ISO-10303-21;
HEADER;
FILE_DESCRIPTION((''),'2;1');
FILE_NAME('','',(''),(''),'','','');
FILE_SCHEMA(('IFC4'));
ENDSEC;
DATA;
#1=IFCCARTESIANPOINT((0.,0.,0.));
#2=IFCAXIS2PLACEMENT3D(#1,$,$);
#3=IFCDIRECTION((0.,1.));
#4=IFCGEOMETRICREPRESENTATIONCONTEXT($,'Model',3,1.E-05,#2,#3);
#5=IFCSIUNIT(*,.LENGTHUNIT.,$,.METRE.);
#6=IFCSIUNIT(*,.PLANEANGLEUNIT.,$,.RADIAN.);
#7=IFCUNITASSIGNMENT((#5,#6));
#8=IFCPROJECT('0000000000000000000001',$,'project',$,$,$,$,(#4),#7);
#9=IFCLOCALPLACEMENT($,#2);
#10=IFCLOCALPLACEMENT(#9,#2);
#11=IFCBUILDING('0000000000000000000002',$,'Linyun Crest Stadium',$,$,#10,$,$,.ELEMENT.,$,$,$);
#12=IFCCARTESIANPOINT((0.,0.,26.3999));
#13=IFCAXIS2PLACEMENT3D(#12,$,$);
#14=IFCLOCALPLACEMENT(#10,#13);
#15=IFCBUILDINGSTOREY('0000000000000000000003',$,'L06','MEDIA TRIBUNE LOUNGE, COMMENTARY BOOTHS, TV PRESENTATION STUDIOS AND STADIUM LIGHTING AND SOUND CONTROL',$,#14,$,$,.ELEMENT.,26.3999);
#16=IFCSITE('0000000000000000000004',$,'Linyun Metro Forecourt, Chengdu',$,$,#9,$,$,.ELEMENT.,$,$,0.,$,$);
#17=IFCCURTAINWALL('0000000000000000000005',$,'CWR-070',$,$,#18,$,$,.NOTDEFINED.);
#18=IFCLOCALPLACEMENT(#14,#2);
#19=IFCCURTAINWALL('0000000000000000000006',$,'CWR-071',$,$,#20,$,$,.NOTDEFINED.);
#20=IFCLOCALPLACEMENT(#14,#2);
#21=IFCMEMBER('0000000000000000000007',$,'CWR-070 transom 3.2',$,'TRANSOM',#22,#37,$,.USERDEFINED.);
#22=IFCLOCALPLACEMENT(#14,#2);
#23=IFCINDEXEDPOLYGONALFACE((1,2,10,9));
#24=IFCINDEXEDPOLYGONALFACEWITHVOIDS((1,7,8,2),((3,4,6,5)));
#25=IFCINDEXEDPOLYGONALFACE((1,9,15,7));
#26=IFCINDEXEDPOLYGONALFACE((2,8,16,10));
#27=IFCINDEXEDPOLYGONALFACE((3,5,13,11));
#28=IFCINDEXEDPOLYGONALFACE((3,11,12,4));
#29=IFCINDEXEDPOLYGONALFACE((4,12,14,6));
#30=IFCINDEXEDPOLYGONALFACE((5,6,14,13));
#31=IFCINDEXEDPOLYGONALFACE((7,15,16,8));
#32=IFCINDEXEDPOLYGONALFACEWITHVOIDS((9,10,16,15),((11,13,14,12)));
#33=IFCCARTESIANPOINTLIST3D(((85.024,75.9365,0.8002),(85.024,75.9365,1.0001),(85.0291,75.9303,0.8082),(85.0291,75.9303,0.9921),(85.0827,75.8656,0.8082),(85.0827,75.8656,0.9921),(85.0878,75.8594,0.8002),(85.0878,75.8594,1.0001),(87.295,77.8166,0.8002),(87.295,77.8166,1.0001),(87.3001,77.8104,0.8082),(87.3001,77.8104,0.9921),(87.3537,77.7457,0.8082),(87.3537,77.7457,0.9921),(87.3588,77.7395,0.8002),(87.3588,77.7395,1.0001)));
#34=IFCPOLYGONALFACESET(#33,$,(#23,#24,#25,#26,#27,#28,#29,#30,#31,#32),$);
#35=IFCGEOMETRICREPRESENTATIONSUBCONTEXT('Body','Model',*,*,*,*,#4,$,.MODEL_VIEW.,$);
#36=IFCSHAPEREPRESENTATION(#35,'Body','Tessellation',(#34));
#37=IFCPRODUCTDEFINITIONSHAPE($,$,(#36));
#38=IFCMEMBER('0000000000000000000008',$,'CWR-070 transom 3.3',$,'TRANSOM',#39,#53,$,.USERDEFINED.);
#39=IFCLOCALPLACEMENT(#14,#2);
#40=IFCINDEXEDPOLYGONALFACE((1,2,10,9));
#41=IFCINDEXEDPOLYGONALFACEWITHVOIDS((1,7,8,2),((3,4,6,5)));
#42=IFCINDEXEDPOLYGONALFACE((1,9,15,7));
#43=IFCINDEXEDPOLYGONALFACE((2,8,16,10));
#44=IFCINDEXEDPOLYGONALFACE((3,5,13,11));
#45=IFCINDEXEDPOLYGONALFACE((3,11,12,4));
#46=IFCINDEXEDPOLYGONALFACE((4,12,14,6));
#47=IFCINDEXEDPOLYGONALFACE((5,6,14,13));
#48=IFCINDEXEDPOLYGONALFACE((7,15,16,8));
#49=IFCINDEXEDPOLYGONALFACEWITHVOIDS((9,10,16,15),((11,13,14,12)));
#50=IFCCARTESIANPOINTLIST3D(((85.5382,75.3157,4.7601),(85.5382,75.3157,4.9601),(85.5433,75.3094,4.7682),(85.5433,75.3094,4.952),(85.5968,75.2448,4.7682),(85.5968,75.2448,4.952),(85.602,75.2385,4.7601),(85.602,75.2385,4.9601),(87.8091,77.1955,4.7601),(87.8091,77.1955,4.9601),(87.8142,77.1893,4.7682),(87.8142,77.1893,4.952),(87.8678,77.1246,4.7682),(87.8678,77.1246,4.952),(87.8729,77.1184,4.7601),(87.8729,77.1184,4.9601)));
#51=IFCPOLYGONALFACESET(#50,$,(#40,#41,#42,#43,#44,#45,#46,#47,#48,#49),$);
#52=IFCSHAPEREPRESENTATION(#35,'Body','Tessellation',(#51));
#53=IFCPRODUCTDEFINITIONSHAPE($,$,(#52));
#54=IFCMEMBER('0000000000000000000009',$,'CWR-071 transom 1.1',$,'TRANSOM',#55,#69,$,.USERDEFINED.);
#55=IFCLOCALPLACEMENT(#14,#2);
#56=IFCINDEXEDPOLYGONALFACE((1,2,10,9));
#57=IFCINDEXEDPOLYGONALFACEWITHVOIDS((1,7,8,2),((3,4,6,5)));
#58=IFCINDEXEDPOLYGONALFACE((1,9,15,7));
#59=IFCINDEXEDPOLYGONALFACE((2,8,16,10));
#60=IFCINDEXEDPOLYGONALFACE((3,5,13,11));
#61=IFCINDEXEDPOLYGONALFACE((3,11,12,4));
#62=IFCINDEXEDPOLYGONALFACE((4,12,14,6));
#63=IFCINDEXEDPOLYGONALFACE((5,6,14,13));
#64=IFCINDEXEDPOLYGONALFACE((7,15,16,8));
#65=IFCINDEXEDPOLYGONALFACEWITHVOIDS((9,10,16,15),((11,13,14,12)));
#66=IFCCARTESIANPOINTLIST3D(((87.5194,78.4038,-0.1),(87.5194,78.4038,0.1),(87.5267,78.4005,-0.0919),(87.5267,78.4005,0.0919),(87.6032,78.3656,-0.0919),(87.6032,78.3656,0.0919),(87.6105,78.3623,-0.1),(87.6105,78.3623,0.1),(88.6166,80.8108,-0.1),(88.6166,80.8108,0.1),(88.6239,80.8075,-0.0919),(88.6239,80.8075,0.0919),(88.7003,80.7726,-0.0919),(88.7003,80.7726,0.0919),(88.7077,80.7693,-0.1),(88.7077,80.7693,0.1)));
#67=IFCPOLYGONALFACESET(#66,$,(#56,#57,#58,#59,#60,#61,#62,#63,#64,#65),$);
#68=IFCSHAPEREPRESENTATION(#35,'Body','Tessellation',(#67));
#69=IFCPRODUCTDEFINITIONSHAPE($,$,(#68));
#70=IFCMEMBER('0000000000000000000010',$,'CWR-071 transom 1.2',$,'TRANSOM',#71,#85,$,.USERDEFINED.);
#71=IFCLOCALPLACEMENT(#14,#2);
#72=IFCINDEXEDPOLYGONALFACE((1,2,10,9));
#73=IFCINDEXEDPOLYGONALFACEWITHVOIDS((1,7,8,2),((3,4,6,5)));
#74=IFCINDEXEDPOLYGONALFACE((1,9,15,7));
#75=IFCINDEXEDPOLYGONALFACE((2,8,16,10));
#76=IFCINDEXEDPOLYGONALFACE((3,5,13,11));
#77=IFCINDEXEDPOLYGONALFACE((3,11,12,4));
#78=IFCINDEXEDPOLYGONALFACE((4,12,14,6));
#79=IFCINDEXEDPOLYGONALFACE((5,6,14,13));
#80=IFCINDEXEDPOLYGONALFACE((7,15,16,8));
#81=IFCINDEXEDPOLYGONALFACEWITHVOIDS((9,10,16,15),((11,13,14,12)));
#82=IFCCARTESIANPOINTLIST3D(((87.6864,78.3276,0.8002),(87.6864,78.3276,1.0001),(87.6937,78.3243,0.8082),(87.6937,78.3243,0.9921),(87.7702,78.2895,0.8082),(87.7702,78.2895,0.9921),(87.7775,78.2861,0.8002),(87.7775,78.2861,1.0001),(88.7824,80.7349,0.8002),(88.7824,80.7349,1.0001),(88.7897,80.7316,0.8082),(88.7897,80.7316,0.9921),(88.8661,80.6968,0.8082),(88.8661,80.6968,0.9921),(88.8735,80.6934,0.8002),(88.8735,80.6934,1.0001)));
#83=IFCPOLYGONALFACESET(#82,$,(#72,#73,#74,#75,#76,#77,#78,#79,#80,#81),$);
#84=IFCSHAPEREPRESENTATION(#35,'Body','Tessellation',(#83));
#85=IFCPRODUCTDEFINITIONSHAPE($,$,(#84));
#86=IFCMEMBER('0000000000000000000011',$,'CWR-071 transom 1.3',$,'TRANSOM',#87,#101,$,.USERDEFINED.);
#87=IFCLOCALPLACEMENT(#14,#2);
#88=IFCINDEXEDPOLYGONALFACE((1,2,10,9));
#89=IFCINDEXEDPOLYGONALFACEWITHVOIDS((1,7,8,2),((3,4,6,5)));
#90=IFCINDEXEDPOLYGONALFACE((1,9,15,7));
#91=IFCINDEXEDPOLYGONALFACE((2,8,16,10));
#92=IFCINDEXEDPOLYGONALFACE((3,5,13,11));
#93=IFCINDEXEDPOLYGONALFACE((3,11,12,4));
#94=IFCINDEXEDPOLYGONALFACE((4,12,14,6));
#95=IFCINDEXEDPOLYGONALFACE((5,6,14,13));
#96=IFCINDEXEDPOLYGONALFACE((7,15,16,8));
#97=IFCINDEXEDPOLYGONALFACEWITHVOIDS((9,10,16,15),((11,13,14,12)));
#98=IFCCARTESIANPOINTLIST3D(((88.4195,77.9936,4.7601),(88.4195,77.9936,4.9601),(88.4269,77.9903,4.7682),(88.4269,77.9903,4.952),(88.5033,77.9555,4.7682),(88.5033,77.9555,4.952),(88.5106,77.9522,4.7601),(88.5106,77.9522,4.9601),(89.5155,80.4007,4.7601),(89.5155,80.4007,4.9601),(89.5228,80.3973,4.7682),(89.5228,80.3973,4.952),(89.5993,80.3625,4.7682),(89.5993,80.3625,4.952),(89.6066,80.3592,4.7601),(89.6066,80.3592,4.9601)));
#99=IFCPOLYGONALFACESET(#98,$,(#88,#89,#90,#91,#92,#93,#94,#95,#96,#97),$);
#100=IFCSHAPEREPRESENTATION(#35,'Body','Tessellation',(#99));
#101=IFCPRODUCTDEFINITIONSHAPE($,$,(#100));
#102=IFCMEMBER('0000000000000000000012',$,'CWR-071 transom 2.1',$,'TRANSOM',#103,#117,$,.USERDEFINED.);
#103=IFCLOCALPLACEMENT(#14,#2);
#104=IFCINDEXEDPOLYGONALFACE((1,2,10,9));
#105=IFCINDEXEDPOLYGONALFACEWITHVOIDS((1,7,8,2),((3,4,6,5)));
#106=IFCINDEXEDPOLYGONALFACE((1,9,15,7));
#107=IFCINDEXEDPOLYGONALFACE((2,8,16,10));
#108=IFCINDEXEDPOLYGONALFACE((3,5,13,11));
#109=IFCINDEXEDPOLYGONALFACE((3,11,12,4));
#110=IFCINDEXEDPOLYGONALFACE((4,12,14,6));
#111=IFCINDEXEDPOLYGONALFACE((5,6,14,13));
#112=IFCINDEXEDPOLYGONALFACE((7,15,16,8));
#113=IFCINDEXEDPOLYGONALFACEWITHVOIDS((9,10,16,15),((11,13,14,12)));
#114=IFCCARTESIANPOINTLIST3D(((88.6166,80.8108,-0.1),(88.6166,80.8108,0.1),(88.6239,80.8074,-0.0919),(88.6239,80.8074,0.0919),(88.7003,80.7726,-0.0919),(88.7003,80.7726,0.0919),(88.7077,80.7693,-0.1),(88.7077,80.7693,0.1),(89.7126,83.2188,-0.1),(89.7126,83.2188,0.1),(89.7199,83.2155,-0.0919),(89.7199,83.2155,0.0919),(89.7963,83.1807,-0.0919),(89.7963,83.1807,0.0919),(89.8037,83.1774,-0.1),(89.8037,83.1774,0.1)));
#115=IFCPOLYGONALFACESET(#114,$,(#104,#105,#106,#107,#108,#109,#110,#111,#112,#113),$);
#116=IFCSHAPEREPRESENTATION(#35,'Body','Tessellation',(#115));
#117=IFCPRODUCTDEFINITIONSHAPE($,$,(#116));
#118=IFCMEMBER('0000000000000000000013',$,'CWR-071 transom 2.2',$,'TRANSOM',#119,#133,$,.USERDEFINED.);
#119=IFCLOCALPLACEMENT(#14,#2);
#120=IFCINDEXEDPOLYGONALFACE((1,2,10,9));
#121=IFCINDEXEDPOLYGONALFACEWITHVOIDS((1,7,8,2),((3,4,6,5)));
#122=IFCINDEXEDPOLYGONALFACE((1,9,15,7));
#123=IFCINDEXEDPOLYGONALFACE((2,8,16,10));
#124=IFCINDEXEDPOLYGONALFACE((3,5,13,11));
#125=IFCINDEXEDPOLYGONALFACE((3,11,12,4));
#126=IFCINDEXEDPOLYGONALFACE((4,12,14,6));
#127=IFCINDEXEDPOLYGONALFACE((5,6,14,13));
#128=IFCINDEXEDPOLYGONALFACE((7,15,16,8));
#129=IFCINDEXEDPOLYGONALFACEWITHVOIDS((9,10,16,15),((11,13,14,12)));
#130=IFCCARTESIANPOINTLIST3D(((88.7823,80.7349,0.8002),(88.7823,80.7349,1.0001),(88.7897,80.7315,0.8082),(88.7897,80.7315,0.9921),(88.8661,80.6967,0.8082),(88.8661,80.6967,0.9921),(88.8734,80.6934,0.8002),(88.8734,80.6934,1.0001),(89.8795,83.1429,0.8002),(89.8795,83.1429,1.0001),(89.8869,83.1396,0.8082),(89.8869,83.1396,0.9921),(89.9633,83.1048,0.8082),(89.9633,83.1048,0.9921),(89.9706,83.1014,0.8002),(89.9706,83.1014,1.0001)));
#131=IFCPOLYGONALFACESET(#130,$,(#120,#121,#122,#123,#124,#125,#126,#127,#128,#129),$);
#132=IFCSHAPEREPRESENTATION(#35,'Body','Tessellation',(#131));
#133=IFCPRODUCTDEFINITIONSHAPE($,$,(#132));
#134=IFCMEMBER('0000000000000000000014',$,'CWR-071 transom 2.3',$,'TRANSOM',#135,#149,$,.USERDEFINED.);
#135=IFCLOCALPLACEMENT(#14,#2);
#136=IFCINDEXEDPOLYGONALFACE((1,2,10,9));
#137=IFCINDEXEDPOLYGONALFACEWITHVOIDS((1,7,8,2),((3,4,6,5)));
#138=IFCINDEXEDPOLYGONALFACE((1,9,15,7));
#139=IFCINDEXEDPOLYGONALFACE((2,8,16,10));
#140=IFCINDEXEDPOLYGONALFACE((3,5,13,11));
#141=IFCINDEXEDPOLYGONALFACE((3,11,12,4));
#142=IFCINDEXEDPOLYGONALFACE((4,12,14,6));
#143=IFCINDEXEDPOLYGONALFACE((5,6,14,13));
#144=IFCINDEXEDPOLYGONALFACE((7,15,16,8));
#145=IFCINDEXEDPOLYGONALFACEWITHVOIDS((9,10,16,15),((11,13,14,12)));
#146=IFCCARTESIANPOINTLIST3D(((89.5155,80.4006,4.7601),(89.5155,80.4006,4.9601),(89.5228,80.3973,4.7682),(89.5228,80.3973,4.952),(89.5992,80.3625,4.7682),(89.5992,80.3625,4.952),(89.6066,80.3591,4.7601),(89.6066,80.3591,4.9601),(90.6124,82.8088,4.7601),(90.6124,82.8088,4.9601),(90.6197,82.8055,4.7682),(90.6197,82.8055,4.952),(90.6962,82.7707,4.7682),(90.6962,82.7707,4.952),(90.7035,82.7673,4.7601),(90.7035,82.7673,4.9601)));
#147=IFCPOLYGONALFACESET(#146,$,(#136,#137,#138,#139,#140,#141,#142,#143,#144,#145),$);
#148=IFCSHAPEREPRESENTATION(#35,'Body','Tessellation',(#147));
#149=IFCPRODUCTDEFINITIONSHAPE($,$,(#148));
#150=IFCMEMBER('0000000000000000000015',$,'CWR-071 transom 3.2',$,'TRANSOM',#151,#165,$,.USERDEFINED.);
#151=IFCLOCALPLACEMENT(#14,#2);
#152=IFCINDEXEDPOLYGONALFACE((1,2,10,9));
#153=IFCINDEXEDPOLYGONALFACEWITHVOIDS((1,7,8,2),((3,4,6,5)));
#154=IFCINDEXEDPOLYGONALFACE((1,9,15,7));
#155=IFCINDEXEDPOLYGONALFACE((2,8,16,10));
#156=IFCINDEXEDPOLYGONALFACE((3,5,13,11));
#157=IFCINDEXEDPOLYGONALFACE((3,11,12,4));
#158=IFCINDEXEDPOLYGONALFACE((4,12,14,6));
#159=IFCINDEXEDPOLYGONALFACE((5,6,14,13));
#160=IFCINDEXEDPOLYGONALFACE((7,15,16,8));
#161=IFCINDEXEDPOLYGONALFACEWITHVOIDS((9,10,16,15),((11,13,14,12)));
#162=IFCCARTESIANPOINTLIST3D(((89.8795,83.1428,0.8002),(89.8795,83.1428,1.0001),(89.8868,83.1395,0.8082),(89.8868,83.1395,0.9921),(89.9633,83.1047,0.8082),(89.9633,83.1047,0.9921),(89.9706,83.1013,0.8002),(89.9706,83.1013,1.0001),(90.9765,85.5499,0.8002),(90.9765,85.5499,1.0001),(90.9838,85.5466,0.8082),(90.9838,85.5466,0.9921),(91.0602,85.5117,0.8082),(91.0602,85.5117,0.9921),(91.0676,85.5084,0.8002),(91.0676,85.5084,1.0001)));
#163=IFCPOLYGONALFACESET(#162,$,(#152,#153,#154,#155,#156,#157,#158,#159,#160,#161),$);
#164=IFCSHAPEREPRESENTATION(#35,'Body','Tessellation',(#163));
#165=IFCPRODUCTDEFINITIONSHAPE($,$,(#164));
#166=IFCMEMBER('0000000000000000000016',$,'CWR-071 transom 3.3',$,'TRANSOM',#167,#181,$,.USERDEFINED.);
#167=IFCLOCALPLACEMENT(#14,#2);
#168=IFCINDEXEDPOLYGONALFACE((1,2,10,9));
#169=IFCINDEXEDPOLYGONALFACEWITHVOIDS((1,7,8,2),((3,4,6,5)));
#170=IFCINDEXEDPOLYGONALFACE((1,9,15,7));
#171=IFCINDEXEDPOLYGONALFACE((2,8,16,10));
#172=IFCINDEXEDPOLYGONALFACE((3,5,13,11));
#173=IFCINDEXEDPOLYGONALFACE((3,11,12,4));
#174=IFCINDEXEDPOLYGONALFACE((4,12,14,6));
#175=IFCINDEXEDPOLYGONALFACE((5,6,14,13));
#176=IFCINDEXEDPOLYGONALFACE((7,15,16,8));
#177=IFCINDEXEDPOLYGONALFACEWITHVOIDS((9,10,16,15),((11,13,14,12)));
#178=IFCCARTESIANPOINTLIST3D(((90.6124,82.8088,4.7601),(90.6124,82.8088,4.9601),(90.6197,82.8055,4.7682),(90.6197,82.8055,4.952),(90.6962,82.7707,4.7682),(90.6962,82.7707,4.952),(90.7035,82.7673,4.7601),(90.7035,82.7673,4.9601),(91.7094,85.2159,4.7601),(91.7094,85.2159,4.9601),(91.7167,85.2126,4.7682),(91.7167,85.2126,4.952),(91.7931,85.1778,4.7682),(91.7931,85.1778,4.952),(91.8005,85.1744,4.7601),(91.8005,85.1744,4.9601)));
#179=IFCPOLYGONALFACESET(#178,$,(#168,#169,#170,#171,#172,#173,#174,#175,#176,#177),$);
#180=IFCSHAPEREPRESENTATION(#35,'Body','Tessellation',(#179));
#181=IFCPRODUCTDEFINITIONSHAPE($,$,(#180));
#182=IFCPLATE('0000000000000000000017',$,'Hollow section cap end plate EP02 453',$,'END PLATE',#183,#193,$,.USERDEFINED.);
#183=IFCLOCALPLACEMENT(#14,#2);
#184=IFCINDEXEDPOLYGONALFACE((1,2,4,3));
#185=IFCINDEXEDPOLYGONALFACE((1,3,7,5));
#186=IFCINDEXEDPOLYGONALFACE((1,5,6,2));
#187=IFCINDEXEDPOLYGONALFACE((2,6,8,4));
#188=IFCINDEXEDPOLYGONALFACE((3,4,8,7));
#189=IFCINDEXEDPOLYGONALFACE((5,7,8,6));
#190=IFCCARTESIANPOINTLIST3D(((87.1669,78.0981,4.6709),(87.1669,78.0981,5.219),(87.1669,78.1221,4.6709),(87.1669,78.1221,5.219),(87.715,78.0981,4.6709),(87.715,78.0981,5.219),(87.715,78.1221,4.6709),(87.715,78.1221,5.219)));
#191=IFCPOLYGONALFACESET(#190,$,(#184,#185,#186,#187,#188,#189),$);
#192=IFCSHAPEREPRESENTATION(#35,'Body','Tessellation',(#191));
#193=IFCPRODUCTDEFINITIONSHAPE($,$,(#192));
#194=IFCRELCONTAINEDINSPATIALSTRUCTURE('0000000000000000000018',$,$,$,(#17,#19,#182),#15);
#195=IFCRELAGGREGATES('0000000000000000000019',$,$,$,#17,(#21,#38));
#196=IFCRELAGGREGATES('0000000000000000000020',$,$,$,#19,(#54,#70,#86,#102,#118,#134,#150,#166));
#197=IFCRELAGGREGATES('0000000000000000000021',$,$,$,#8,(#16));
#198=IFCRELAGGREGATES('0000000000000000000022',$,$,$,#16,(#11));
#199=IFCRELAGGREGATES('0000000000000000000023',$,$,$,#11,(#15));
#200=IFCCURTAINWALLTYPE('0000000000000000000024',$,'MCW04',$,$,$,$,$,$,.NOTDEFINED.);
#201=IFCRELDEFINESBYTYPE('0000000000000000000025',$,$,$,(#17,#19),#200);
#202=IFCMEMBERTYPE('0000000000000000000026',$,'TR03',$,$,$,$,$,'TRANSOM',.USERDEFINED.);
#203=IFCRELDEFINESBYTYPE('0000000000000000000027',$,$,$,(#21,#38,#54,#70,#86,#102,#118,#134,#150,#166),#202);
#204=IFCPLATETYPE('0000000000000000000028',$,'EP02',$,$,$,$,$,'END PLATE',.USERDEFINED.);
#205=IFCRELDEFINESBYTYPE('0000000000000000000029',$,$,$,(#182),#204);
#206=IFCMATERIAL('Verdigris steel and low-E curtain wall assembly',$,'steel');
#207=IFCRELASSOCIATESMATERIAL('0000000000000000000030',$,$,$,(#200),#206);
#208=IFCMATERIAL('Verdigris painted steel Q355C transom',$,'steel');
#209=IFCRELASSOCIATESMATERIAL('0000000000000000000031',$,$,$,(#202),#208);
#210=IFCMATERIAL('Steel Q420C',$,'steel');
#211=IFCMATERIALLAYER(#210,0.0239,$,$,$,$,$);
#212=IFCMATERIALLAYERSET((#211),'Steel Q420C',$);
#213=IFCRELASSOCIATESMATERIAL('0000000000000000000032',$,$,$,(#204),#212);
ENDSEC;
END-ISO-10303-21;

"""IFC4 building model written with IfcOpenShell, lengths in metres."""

from ifc_helpers import new_model, si_unit, direction, frame, origin, origin_2d, place, context, subcontext, project, spatial, rectangle, hollow_rectangle, extrude, material, layer, layer_set, material_profile, profile_set, type_object, element, aggregate, save


model = new_model("IFC4")

# Units and contexts
model_context = context("Model", 3, precision=1e-05, world=origin(), true_north=direction((0.0, 1.0)))
body_context = subcontext(model_context, "Body", "Model", "MODEL_VIEW")
ifc_project = project(units=[si_unit("LENGTHUNIT", "METRE"), si_unit("PLANEANGLEUNIT", "RADIAN")], contexts=[model_context])

# Site, building, storey
site_placement = place(None, origin())
site = spatial("IfcSite", under=ifc_project, at=site_placement, Name="Linyun Metro Forecourt, Chengdu", CompositionType="ELEMENT", RefElevation=0.0)
building_placement = place(site_placement, origin())
building = spatial("IfcBuilding", under=site, at=building_placement, Name="Linyun Crest Stadium", CompositionType="ELEMENT")
storey_placement = place(building_placement, frame((0.0, 0.0, 26.3999)))
storey = spatial("IfcBuildingStorey", under=building, at=storey_placement, Name="L06", Description="MEDIA TRIBUNE LOUNGE, COMMENTARY BOOTHS, TV PRESENTATION STUDIOS AND STADIUM LIGHTING AND SOUND CONTROL", CompositionType="ELEMENT", Elevation=26.3999)

# Curtain wall
ifc_material_1 = material(Name="Verdigris steel and low-E curtain wall assembly", Category="steel")
curtain_wall_type = type_object("IfcCurtainWallType", Name="MCW04", PredefinedType="NOTDEFINED", material=ifc_material_1)
curtain_wall_1_placement = place(storey_placement, origin())
curtain_wall_1 = element("IfcCurtainWall", 1, at=curtain_wall_1_placement, inside=storey, type_object=curtain_wall_type, Name="CWR-070", PredefinedType="NOTDEFINED")

# Curtain wall
curtain_wall_2_placement = place(storey_placement, origin())
curtain_wall_2 = element("IfcCurtainWall", 2, at=curtain_wall_2_placement, inside=storey, type_object=curtain_wall_type, Name="CWR-071", PredefinedType="NOTDEFINED")

# Members
ifc_material_2 = material(Name="Verdigris painted steel Q355C transom", Category="steel")
ifc_material_profile_1 = material_profile(ifc_material_2, hollow_rectangle(XDim=0.1001, YDim=0.2, WallThickness=0.0081, at=origin_2d()), Name="RHS 200x100x8")
ifc_profile_set_1 = profile_set([ifc_material_profile_1], Name="Verdigris painted steel Q355C transom")
member_type_1 = type_object("IfcMemberType", Name="TR03", ElementType="TRANSOM", PredefinedType="USERDEFINED", material=ifc_profile_set_1)
member_1_placement = place(storey_placement, frame((85.0559, 75.8979, 0.9001), z_axis=(0.770281, 0.637705, 0.0), x_axis=(-0.637705, 0.770281, 0.0)))
member_1 = element("IfcMember", 3, at=member_1_placement, type_object=member_type_1, Name="CWR-070 transom 3.2", ObjectType="TRANSOM", PredefinedType="USERDEFINED", context=body_context, shape_type="SweptSolid", body=[
    extrude(hollow_rectangle(XDim=0.1001, YDim=0.2, WallThickness=0.0081, at=origin_2d()), origin(), (0.0, 0.0, 1.0), 2.9482),
])
member_2_placement = place(storey_placement, frame((85.5701, 75.2771, 4.8601), z_axis=(0.770321, 0.637656, 0.0), x_axis=(-0.637656, 0.770321, 0.0)))
member_2 = element("IfcMember", 4, at=member_2_placement, type_object=member_type_1, Name="CWR-070 transom 3.3", ObjectType="TRANSOM", PredefinedType="USERDEFINED", context=body_context, shape_type="SweptSolid", body=[
    extrude(hollow_rectangle(XDim=0.1001, YDim=0.2, WallThickness=0.0081, at=origin_2d()), origin(), (0.0, 0.0, 1.0), 2.948),
])
member_3_placement = place(storey_placement, frame((87.5649, 78.3831, 0.0), z_axis=(0.414769, 0.909927, 0.0), x_axis=(-0.909927, 0.414769, 0.0)))
member_3 = element("IfcMember", 5, at=member_3_placement, type_object=member_type_1, Name="CWR-071 transom 1.1", ObjectType="TRANSOM", PredefinedType="USERDEFINED", context=body_context, shape_type="SweptSolid", body=[
    extrude(hollow_rectangle(XDim=0.1001, YDim=0.2, WallThickness=0.0081, at=origin_2d()), origin(), (0.0, 0.0, 1.0), 2.6453),
])
member_4_placement = place(storey_placement, frame((87.7319, 78.3069, 0.9001), z_axis=(0.414352, 0.910117, 0.0), x_axis=(-0.910117, 0.414352, 0.0)))
member_4 = element("IfcMember", 6, at=member_4_placement, type_object=member_type_1, Name="CWR-071 transom 1.2", ObjectType="TRANSOM", PredefinedType="USERDEFINED", context=body_context, shape_type="SweptSolid", body=[
    extrude(hollow_rectangle(XDim=0.1001, YDim=0.2, WallThickness=0.0081, at=origin_2d()), origin(), (0.0, 0.0, 1.0), 2.645),
])
member_5_placement = place(storey_placement, frame((88.4651, 77.9729, 4.8601), z_axis=(0.414387, 0.910101, 0.0), x_axis=(-0.910101, 0.414387, 0.0)))
member_5 = element("IfcMember", 7, at=member_5_placement, type_object=member_type_1, Name="CWR-071 transom 1.3", ObjectType="TRANSOM", PredefinedType="USERDEFINED", context=body_context, shape_type="SweptSolid", body=[
    extrude(hollow_rectangle(XDim=0.1001, YDim=0.2, WallThickness=0.0081, at=origin_2d()), origin(), (0.0, 0.0, 1.0), 2.6448),
])
member_6_placement = place(storey_placement, frame((88.6621, 80.79, 0.0), z_axis=(0.414248, 0.910164, 0.0), x_axis=(-0.910164, 0.414248, 0.0)))
member_6 = element("IfcMember", 8, at=member_6_placement, type_object=member_type_1, Name="CWR-071 transom 2.1", ObjectType="TRANSOM", PredefinedType="USERDEFINED", context=body_context, shape_type="SweptSolid", body=[
    extrude(hollow_rectangle(XDim=0.1001, YDim=0.2, WallThickness=0.0081, at=origin_2d()), origin(), (0.0, 0.0, 1.0), 2.6458),
])
member_7_placement = place(storey_placement, frame((88.8279, 80.7141, 0.9001), z_axis=(0.41463, 0.90999, 0.0), x_axis=(-0.90999, 0.41463, 0.0)))
member_7 = element("IfcMember", 9, at=member_7_placement, type_object=member_type_1, Name="CWR-071 transom 2.2", ObjectType="TRANSOM", PredefinedType="USERDEFINED", context=body_context, shape_type="SweptSolid", body=[
    extrude(hollow_rectangle(XDim=0.1001, YDim=0.2, WallThickness=0.0081, at=origin_2d()), origin(), (0.0, 0.0, 1.0), 2.6462),
])
member_8_placement = place(storey_placement, frame((89.561, 80.3799, 4.8601), z_axis=(0.414519, 0.910041, 0.0), x_axis=(-0.910041, 0.414519, 0.0)))
member_8 = element("IfcMember", 10, at=member_8_placement, type_object=member_type_1, Name="CWR-071 transom 2.3", ObjectType="TRANSOM", PredefinedType="USERDEFINED", context=body_context, shape_type="SweptSolid", body=[
    extrude(hollow_rectangle(XDim=0.1001, YDim=0.2, WallThickness=0.0081, at=origin_2d()), origin(), (0.0, 0.0, 1.0), 2.6462),
])
member_9_placement = place(storey_placement, frame((89.925, 83.1221, 0.9001), z_axis=(0.414693, 0.909961, 0.0), x_axis=(-0.909961, 0.414693, 0.0)))
member_9 = element("IfcMember", 11, at=member_9_placement, type_object=member_type_1, Name="CWR-071 transom 3.2", ObjectType="TRANSOM", PredefinedType="USERDEFINED", context=body_context, shape_type="SweptSolid", body=[
    extrude(hollow_rectangle(XDim=0.1001, YDim=0.2, WallThickness=0.0081, at=origin_2d()), origin(), (0.0, 0.0, 1.0), 2.6453),
])
member_10_placement = place(storey_placement, frame((90.658, 82.7881, 4.8601), z_axis=(0.414693, 0.909961, 0.0), x_axis=(-0.909961, 0.414693, 0.0)))
member_10 = element("IfcMember", 12, at=member_10_placement, type_object=member_type_1, Name="CWR-071 transom 3.3", ObjectType="TRANSOM", PredefinedType="USERDEFINED", context=body_context, shape_type="SweptSolid", body=[
    extrude(hollow_rectangle(XDim=0.1001, YDim=0.2, WallThickness=0.0081, at=origin_2d()), origin(), (0.0, 0.0, 1.0), 2.6453),
])

# Plate
ifc_material_3 = material(Name="Steel Q420C", Category="steel")
ifc_layer_1 = layer(ifc_material_3, 0.0239)
ifc_layer_set_1 = layer_set([ifc_layer_1], Name="Steel Q420C")
plate_type_1 = type_object("IfcPlateType", Name="EP02", ElementType="END PLATE", PredefinedType="USERDEFINED", material=ifc_layer_set_1)
plate_1_placement = place(storey_placement, frame((87.4409, 78.1101, 4.6709), z_axis=(0.0, 0.0, 1.0), x_axis=(1.0, 0.0, 0.0)))
element("IfcPlate", 13, at=plate_1_placement, inside=storey, type_object=plate_type_1, Name="Hollow section cap end plate EP02 453", ObjectType="END PLATE", PredefinedType="USERDEFINED", context=body_context, shape_type="SweptSolid", body=[
    extrude(rectangle(XDim=0.5481, YDim=0.0239, at=origin_2d()), origin(), (0.0, 0.0, 1.0), 0.5481),
])
aggregate(curtain_wall_1, [member_1, member_2])
aggregate(curtain_wall_2, [member_3, member_4, member_5, member_6, member_7, member_8, member_9, member_10])

save(model, "model.ifc")
